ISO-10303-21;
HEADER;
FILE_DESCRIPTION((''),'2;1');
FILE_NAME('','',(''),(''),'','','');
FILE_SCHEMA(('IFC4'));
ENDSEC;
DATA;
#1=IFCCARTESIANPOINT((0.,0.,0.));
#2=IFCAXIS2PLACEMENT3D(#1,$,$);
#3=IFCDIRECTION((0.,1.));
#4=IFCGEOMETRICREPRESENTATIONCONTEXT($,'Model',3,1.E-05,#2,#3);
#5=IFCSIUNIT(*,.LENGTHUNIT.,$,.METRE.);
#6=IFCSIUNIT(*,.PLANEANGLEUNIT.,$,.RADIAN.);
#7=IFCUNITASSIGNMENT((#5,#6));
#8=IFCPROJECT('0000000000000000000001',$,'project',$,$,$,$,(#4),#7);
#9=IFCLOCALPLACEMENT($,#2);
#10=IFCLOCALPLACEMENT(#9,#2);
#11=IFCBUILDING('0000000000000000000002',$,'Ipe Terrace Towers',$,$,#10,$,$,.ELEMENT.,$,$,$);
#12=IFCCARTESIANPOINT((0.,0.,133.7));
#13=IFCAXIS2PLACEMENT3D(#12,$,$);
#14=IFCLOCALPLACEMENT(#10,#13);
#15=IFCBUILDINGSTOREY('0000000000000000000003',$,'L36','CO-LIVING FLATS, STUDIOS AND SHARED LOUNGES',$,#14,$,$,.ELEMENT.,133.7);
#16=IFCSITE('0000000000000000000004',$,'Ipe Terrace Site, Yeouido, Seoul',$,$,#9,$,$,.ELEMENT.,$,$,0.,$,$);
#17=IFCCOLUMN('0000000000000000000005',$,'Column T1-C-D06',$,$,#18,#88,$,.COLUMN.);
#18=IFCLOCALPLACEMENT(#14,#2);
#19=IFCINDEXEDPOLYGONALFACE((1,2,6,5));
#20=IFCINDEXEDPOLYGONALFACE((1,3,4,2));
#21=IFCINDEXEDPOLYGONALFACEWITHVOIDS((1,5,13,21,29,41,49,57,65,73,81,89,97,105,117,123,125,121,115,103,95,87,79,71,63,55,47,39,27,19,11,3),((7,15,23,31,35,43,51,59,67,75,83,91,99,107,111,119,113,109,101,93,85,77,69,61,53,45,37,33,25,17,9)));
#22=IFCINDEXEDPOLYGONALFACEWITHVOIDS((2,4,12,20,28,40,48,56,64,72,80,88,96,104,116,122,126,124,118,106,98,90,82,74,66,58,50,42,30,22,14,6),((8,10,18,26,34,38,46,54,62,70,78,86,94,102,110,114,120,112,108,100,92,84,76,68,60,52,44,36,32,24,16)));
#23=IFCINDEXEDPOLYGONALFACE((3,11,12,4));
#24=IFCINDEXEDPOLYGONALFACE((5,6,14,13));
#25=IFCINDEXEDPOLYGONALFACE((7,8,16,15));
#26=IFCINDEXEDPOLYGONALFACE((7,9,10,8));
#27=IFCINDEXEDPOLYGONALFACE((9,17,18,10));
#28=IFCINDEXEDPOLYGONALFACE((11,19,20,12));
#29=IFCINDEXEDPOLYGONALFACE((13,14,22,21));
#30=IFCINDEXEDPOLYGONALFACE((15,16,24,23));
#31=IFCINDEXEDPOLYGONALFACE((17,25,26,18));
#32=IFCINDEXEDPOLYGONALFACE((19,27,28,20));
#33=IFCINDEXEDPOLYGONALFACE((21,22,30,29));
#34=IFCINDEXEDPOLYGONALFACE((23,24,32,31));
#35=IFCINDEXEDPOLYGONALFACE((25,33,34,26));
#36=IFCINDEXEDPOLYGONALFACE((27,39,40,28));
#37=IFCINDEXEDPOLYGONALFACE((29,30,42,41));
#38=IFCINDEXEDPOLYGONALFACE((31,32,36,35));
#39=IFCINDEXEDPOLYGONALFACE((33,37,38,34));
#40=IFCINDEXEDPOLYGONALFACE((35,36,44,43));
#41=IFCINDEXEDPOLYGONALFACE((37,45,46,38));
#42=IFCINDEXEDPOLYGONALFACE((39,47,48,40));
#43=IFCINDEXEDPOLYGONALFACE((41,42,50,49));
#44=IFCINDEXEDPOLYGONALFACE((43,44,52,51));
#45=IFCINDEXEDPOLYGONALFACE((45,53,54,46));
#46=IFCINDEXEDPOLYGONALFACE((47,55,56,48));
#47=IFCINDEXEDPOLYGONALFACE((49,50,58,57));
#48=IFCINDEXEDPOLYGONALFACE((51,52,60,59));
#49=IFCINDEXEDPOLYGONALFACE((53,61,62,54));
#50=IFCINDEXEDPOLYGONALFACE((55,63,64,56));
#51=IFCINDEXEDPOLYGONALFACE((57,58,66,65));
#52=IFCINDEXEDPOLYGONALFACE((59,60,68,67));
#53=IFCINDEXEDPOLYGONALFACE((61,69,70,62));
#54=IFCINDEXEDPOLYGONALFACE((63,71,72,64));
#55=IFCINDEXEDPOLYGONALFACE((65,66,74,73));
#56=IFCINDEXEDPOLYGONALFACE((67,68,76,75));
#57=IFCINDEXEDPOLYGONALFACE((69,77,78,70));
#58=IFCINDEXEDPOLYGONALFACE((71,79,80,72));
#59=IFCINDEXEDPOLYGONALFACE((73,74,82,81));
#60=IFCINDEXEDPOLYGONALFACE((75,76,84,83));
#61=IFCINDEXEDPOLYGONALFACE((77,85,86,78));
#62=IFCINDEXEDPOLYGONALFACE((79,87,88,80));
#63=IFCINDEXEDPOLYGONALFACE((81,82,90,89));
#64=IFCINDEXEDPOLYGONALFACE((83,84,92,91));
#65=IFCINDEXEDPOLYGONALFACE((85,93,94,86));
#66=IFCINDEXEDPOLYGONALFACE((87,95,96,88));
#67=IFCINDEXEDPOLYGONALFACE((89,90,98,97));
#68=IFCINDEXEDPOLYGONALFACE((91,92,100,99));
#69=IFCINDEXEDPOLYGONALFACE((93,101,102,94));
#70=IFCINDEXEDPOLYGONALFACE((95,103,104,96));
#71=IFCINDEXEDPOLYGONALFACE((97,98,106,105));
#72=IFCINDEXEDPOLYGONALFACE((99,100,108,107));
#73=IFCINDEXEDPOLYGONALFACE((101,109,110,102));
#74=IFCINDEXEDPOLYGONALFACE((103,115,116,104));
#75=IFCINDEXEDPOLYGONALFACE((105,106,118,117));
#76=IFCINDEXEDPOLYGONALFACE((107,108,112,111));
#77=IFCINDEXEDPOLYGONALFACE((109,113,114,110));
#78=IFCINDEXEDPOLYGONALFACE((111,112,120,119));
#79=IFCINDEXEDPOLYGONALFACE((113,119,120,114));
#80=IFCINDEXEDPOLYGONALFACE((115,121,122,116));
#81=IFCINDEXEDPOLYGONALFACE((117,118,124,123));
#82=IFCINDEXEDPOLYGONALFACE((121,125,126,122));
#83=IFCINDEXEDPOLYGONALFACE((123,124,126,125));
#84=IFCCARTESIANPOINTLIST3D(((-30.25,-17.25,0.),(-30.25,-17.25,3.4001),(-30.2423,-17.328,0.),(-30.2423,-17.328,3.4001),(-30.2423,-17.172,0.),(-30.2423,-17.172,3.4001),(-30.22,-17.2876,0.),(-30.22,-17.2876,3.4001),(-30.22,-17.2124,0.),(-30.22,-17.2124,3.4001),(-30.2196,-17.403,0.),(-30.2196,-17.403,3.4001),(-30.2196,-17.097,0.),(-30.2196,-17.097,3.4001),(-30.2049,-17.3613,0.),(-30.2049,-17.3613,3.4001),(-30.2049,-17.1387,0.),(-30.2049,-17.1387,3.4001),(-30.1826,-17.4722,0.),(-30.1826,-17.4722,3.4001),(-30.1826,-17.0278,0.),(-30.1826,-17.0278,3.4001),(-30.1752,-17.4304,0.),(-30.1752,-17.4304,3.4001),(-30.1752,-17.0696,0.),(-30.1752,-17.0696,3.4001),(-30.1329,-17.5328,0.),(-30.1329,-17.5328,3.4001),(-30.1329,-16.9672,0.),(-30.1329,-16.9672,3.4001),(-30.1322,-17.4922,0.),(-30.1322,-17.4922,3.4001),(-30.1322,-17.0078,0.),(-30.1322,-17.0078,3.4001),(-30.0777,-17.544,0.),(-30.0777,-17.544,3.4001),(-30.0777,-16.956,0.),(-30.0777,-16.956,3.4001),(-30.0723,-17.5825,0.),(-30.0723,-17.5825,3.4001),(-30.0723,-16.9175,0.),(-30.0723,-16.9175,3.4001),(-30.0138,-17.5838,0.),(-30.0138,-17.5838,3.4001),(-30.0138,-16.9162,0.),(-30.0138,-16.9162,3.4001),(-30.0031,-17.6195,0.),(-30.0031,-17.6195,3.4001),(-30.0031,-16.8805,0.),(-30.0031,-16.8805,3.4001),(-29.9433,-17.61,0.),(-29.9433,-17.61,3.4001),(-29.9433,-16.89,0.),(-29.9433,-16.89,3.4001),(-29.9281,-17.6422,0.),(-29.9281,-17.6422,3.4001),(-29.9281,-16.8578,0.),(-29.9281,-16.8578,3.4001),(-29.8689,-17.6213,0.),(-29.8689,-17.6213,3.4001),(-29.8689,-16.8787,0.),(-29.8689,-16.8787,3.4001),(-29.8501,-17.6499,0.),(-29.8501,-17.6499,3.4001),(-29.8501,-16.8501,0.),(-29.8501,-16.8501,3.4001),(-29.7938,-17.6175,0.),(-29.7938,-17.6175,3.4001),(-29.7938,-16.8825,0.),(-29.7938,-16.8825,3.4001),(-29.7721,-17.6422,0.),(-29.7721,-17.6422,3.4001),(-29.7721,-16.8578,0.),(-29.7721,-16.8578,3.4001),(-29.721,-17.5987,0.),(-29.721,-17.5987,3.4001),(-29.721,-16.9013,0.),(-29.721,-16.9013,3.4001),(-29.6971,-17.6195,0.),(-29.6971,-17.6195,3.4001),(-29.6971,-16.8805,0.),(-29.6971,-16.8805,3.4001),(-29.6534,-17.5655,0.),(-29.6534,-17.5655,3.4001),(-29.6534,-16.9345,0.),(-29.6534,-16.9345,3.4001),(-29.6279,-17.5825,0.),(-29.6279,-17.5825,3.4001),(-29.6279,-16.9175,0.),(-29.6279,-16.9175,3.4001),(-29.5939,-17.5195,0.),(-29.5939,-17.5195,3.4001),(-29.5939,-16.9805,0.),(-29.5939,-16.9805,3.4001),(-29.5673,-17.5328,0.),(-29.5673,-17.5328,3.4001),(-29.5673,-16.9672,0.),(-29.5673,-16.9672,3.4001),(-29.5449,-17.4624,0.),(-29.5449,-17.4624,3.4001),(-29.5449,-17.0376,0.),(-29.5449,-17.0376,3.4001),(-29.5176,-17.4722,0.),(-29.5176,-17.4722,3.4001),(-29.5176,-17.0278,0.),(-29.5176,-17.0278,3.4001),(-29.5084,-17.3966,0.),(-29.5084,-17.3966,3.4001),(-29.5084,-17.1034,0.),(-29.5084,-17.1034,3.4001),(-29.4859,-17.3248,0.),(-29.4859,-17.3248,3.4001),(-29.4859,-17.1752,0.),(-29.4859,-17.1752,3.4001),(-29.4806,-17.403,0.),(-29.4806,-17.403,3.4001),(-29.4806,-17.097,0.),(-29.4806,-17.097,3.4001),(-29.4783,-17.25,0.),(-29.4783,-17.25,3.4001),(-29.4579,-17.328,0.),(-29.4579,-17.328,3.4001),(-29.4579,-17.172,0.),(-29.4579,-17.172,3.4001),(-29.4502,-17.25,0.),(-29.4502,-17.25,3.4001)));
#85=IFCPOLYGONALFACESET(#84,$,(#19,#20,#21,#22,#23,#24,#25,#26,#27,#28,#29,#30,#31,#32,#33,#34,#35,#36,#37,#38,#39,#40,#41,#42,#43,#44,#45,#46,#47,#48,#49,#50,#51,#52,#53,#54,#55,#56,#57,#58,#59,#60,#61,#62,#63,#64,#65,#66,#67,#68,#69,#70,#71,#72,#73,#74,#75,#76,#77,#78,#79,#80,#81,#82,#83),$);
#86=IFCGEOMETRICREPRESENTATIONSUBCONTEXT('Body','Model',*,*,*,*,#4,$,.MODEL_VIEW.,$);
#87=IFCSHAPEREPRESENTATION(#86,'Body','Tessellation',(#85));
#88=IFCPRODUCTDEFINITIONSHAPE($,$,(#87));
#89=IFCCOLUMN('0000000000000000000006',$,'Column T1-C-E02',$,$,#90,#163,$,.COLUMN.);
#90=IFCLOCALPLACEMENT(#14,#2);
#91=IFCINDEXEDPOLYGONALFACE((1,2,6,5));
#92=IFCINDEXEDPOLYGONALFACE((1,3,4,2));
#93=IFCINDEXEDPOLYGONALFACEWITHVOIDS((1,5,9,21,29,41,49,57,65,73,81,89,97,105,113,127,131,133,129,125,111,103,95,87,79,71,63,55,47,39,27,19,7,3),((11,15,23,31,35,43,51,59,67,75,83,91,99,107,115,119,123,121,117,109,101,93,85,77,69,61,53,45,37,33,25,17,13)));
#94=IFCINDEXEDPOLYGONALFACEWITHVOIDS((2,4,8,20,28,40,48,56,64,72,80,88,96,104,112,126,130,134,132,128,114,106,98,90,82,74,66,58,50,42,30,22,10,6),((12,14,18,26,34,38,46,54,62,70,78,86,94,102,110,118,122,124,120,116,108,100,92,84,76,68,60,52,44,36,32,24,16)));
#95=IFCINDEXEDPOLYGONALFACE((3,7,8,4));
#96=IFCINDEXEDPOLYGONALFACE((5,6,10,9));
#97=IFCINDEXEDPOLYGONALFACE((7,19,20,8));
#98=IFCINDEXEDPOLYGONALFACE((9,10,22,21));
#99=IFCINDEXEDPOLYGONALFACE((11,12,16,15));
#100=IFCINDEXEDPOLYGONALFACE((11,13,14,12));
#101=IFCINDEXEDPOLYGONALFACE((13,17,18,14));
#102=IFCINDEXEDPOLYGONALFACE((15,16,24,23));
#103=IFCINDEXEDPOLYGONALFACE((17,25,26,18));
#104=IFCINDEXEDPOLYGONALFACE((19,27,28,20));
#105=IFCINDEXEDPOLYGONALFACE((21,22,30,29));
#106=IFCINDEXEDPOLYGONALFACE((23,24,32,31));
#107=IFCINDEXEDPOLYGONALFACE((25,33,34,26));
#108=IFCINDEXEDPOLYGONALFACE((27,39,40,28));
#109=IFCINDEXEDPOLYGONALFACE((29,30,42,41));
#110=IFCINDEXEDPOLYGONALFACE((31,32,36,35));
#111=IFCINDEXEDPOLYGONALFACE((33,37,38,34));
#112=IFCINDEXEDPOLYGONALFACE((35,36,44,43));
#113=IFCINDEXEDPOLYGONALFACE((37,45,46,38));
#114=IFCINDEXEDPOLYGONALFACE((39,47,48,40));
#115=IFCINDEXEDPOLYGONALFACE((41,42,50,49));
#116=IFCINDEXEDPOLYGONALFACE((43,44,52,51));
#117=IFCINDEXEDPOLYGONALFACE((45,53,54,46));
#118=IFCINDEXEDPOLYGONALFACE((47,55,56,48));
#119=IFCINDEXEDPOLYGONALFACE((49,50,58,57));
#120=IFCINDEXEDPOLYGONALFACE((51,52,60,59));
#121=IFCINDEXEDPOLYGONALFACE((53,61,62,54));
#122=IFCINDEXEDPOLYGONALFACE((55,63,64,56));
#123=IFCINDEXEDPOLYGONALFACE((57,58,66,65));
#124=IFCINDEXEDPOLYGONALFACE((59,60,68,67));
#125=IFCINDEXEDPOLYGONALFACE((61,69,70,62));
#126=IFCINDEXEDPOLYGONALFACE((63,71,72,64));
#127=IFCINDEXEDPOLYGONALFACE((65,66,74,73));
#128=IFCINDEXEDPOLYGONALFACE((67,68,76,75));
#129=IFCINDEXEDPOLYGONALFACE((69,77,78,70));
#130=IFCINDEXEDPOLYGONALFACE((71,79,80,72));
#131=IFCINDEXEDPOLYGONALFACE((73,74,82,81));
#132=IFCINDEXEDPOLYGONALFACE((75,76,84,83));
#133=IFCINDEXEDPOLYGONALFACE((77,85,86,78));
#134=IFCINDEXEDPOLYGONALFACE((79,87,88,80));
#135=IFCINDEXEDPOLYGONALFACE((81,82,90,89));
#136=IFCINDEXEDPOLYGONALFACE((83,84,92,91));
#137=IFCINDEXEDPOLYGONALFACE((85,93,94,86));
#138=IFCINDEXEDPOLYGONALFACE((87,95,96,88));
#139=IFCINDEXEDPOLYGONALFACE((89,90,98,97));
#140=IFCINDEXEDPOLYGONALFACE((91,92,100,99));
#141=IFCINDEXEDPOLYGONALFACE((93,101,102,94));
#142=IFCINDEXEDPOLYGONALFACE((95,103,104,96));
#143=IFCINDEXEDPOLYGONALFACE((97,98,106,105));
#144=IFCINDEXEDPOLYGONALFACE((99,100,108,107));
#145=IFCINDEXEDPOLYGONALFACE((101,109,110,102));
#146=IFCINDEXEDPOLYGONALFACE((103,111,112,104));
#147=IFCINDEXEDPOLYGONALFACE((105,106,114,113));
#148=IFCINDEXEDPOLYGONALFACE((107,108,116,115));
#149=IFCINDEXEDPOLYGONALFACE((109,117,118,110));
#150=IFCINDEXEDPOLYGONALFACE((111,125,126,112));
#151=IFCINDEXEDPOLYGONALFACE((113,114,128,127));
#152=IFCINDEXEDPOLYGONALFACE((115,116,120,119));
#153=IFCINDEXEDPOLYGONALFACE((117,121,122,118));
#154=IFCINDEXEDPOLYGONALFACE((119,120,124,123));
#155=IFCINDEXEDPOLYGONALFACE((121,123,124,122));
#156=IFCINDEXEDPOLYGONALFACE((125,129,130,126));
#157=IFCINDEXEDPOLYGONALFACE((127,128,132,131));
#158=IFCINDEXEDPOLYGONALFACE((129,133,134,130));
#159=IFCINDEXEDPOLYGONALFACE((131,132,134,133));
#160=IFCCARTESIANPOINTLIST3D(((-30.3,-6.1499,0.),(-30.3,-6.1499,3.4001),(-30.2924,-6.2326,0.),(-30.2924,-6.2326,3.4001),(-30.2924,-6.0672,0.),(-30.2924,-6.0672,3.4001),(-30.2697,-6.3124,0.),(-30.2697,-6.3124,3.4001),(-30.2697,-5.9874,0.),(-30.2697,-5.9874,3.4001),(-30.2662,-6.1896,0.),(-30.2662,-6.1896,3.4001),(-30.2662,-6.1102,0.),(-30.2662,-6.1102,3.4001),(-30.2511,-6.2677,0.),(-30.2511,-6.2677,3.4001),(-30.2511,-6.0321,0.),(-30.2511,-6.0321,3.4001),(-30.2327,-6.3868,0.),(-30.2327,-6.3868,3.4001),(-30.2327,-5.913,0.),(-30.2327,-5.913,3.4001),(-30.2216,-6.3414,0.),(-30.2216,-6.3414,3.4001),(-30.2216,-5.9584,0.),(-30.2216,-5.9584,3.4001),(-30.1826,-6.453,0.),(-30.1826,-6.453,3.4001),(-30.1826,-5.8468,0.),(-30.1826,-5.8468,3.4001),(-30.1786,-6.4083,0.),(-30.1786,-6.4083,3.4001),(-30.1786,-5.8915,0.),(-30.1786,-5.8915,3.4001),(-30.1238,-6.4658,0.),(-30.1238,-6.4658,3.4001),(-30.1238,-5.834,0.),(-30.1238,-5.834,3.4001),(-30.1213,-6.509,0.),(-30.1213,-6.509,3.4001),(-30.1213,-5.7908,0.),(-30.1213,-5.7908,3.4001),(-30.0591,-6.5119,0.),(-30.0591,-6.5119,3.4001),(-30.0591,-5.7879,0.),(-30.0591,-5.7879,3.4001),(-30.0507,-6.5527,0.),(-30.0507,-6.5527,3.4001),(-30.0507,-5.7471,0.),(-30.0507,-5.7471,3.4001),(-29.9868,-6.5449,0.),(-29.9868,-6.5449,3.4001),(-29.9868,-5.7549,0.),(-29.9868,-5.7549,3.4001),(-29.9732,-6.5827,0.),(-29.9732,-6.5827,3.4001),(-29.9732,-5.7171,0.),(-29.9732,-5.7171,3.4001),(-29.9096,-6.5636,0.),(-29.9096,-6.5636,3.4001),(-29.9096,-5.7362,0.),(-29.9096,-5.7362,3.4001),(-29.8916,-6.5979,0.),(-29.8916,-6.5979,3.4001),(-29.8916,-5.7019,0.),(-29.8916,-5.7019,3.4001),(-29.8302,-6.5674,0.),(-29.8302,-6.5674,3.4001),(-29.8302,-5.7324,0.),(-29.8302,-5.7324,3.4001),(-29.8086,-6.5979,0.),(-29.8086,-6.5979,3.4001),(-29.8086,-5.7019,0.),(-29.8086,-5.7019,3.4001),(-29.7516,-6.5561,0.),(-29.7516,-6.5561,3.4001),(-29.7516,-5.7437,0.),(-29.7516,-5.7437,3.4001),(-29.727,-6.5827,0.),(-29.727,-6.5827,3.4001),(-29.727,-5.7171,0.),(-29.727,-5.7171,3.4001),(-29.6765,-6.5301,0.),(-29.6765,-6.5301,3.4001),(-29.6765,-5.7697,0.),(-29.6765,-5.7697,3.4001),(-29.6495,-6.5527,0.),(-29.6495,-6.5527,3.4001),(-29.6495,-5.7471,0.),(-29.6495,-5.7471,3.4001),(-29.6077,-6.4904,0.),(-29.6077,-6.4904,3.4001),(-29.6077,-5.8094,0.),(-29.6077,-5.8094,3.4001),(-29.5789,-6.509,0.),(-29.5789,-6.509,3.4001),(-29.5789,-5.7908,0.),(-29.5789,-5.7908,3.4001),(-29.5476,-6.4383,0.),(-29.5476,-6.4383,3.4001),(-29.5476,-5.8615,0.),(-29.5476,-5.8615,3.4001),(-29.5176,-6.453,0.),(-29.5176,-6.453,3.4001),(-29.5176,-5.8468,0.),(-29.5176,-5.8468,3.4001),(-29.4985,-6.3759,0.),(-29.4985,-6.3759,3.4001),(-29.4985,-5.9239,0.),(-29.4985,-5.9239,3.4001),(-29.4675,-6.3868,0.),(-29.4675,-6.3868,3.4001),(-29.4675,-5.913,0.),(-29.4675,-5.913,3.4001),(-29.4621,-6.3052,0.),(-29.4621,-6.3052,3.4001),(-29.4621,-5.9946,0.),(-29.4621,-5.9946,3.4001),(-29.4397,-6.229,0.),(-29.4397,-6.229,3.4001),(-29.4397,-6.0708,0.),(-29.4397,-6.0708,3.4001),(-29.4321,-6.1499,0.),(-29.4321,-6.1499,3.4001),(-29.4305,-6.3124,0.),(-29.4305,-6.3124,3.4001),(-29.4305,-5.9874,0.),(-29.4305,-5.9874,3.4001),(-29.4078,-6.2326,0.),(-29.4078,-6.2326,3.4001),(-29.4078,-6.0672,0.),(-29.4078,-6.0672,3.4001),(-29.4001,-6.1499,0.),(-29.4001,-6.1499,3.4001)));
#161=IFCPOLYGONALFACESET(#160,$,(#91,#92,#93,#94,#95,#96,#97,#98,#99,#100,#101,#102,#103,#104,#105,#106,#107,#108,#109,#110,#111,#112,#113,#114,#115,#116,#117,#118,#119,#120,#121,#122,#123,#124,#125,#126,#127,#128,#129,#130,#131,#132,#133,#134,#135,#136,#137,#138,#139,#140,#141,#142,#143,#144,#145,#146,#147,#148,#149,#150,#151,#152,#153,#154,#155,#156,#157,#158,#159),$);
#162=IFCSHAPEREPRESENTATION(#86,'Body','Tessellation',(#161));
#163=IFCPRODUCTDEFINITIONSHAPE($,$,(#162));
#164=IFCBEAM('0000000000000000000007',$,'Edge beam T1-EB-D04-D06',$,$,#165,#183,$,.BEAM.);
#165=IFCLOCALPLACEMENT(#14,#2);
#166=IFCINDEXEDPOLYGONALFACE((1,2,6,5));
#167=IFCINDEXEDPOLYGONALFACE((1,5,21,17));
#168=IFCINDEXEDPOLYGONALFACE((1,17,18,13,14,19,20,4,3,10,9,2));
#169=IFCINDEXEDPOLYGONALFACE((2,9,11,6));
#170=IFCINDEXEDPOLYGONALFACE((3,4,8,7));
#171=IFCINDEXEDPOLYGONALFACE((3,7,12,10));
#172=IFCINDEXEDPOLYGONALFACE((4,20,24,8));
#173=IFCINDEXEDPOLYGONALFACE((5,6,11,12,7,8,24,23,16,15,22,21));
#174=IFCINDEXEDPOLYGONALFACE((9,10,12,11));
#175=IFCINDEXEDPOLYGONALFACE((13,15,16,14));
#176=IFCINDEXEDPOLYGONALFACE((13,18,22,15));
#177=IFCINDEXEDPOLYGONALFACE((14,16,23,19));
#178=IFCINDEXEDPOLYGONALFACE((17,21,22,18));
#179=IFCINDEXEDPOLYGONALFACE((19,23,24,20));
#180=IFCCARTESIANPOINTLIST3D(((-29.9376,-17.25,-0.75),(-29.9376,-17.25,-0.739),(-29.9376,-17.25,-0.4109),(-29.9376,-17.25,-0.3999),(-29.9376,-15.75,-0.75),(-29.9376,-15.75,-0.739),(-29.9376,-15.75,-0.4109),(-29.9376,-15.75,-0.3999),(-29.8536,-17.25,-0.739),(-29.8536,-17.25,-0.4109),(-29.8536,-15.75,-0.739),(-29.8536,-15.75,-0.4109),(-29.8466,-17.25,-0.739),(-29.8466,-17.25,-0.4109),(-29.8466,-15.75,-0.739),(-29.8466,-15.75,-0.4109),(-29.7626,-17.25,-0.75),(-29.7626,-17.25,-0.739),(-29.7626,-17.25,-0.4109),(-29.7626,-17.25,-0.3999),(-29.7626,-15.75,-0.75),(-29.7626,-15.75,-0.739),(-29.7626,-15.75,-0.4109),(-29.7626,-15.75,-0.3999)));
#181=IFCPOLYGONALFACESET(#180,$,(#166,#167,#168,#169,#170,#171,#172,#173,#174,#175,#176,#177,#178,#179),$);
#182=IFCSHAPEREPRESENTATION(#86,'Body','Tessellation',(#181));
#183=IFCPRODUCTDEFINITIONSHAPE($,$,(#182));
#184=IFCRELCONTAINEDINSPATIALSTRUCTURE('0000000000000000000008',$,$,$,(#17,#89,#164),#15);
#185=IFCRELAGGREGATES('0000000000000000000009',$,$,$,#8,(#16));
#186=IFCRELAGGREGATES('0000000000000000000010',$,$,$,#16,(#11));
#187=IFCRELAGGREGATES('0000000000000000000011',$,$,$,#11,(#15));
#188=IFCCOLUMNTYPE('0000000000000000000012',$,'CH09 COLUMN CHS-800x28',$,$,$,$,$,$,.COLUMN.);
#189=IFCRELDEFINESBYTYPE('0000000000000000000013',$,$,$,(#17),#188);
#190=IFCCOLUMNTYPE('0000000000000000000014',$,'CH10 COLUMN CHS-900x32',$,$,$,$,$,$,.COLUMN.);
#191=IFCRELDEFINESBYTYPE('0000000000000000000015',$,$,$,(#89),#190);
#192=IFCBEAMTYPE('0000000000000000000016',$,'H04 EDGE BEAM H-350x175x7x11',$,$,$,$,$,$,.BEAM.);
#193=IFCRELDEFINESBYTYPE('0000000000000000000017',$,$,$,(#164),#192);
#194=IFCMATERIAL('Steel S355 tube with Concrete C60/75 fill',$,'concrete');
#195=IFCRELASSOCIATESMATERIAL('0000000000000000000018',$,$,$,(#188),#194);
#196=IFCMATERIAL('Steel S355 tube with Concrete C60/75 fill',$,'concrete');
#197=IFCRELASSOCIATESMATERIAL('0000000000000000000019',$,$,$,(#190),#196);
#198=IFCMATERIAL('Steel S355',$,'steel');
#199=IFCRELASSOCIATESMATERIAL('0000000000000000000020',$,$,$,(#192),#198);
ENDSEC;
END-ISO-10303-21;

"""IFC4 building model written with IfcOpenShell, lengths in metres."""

from ifc_helpers import new_model, si_unit, direction, frame, origin, origin_2d, place, context, subcontext, project, spatial, hollow_circle, i_section, extrude, material, material_profile, profile_set, type_object, element, save


model = new_model("IFC4")

# Units and contexts
model_context = context("Model", 3, precision=1e-05, world=origin(), true_north=direction((0.0, 1.0)))
body_context = subcontext(model_context, "Body", "Model", "MODEL_VIEW")
ifc_project = project(units=[si_unit("LENGTHUNIT", "METRE"), si_unit("PLANEANGLEUNIT", "RADIAN")], contexts=[model_context])

# Site, building, storey
site_placement = place(None, origin())
site = spatial("IfcSite", under=ifc_project, at=site_placement, Name="Ipe Terrace Site, Yeouido, Seoul", CompositionType="ELEMENT", RefElevation=0.0)
building_placement = place(site_placement, origin())
building = spatial("IfcBuilding", under=site, at=building_placement, Name="Ipe Terrace Towers", CompositionType="ELEMENT")
storey_placement = place(building_placement, frame((0.0, 0.0, 133.7)))
storey = spatial("IfcBuildingStorey", under=building, at=storey_placement, Name="L36", Description="CO-LIVING FLATS, STUDIOS AND SHARED LOUNGES", CompositionType="ELEMENT", Elevation=133.7)

# Columns
ifc_material_1 = material(Name="Steel S355 tube with Concrete C60/75 fill", Category="concrete")
ifc_material_profile_1 = material_profile(ifc_material_1, hollow_circle(Radius=0.3999, WallThickness=0.0281, at=origin_2d()), Name="CHS-800x28")
ifc_profile_set_1 = profile_set([ifc_material_profile_1], Name="Steel S355 tube with Concrete C60/75 fill")
column_type_1 = type_object("IfcColumnType", Name="CH09 COLUMN CHS-800x28", PredefinedType="COLUMN", material=ifc_profile_set_1)
for number, where, z_axis, x_axis, name in (
    (1, (-29.8501, -17.25, 0.0), (0.0, 0.0, 1.0), (1.0, 0.0, 0.0), "Column T1-C-D06"),
):
    element("IfcColumn", number, at=place(storey_placement, frame(where, z_axis=z_axis, x_axis=x_axis)), inside=storey, type_object=column_type_1, Name=name, PredefinedType="COLUMN", context=body_context, shape_type="SweptSolid", body=[
        extrude(hollow_circle(Radius=0.3999, WallThickness=0.0281, at=origin_2d()), origin(), (0.0, 0.0, 1.0), 3.4001),
    ])
ifc_material_2 = material(Name="Steel S355 tube with Concrete C60/75 fill", Category="concrete")
ifc_material_profile_2 = material_profile(ifc_material_2, hollow_circle(Radius=0.45, WallThickness=0.032, at=origin_2d()), Name="CHS-900x32")
ifc_profile_set_2 = profile_set([ifc_material_profile_2], Name="Steel S355 tube with Concrete C60/75 fill")
column_type_2 = type_object("IfcColumnType", Name="CH10 COLUMN CHS-900x32", PredefinedType="COLUMN", material=ifc_profile_set_2)
column_placement = place(storey_placement, frame((-29.8501, -6.1499, 0.0), z_axis=(0.0, 0.0, 1.0), x_axis=(1.0, 0.0, 0.0)))
element("IfcColumn", 2, at=column_placement, inside=storey, type_object=column_type_2, Name="Column T1-C-E02", PredefinedType="COLUMN", context=body_context, shape_type="SweptSolid", body=[
    extrude(hollow_circle(Radius=0.45, WallThickness=0.032, at=origin_2d()), origin(), (0.0, 0.0, 1.0), 3.4001),
])

# Beam
ifc_material_3 = material(Name="Steel S355", Category="steel")
ifc_material_profile_3 = material_profile(ifc_material_3, i_section(OverallWidth=0.175, OverallDepth=0.3501, WebThickness=0.0071, FlangeThickness=0.011, at=origin_2d()), Name="H-350x175x7x11")
ifc_profile_set_3 = profile_set([ifc_material_profile_3], Name="Steel S355")
beam_type = type_object("IfcBeamType", Name="H04 EDGE BEAM H-350x175x7x11", PredefinedType="BEAM", material=ifc_profile_set_3)
beam_placement = place(storey_placement, frame((-29.8501, -15.75, -0.575), z_axis=(0.0, -1.0, 0.0), x_axis=(1.0, 0.0, 0.0)))
element("IfcBeam", 3, at=beam_placement, inside=storey, type_object=beam_type, Name="Edge beam T1-EB-D04-D06", PredefinedType="BEAM", context=body_context, shape_type="SweptSolid", body=[
    extrude(i_section(OverallWidth=0.175, OverallDepth=0.3501, WebThickness=0.0071, FlangeThickness=0.011, at=origin_2d()), origin(), (0.0, 0.0, 1.0), 1.5),
])

save(model, "model.ifc")
